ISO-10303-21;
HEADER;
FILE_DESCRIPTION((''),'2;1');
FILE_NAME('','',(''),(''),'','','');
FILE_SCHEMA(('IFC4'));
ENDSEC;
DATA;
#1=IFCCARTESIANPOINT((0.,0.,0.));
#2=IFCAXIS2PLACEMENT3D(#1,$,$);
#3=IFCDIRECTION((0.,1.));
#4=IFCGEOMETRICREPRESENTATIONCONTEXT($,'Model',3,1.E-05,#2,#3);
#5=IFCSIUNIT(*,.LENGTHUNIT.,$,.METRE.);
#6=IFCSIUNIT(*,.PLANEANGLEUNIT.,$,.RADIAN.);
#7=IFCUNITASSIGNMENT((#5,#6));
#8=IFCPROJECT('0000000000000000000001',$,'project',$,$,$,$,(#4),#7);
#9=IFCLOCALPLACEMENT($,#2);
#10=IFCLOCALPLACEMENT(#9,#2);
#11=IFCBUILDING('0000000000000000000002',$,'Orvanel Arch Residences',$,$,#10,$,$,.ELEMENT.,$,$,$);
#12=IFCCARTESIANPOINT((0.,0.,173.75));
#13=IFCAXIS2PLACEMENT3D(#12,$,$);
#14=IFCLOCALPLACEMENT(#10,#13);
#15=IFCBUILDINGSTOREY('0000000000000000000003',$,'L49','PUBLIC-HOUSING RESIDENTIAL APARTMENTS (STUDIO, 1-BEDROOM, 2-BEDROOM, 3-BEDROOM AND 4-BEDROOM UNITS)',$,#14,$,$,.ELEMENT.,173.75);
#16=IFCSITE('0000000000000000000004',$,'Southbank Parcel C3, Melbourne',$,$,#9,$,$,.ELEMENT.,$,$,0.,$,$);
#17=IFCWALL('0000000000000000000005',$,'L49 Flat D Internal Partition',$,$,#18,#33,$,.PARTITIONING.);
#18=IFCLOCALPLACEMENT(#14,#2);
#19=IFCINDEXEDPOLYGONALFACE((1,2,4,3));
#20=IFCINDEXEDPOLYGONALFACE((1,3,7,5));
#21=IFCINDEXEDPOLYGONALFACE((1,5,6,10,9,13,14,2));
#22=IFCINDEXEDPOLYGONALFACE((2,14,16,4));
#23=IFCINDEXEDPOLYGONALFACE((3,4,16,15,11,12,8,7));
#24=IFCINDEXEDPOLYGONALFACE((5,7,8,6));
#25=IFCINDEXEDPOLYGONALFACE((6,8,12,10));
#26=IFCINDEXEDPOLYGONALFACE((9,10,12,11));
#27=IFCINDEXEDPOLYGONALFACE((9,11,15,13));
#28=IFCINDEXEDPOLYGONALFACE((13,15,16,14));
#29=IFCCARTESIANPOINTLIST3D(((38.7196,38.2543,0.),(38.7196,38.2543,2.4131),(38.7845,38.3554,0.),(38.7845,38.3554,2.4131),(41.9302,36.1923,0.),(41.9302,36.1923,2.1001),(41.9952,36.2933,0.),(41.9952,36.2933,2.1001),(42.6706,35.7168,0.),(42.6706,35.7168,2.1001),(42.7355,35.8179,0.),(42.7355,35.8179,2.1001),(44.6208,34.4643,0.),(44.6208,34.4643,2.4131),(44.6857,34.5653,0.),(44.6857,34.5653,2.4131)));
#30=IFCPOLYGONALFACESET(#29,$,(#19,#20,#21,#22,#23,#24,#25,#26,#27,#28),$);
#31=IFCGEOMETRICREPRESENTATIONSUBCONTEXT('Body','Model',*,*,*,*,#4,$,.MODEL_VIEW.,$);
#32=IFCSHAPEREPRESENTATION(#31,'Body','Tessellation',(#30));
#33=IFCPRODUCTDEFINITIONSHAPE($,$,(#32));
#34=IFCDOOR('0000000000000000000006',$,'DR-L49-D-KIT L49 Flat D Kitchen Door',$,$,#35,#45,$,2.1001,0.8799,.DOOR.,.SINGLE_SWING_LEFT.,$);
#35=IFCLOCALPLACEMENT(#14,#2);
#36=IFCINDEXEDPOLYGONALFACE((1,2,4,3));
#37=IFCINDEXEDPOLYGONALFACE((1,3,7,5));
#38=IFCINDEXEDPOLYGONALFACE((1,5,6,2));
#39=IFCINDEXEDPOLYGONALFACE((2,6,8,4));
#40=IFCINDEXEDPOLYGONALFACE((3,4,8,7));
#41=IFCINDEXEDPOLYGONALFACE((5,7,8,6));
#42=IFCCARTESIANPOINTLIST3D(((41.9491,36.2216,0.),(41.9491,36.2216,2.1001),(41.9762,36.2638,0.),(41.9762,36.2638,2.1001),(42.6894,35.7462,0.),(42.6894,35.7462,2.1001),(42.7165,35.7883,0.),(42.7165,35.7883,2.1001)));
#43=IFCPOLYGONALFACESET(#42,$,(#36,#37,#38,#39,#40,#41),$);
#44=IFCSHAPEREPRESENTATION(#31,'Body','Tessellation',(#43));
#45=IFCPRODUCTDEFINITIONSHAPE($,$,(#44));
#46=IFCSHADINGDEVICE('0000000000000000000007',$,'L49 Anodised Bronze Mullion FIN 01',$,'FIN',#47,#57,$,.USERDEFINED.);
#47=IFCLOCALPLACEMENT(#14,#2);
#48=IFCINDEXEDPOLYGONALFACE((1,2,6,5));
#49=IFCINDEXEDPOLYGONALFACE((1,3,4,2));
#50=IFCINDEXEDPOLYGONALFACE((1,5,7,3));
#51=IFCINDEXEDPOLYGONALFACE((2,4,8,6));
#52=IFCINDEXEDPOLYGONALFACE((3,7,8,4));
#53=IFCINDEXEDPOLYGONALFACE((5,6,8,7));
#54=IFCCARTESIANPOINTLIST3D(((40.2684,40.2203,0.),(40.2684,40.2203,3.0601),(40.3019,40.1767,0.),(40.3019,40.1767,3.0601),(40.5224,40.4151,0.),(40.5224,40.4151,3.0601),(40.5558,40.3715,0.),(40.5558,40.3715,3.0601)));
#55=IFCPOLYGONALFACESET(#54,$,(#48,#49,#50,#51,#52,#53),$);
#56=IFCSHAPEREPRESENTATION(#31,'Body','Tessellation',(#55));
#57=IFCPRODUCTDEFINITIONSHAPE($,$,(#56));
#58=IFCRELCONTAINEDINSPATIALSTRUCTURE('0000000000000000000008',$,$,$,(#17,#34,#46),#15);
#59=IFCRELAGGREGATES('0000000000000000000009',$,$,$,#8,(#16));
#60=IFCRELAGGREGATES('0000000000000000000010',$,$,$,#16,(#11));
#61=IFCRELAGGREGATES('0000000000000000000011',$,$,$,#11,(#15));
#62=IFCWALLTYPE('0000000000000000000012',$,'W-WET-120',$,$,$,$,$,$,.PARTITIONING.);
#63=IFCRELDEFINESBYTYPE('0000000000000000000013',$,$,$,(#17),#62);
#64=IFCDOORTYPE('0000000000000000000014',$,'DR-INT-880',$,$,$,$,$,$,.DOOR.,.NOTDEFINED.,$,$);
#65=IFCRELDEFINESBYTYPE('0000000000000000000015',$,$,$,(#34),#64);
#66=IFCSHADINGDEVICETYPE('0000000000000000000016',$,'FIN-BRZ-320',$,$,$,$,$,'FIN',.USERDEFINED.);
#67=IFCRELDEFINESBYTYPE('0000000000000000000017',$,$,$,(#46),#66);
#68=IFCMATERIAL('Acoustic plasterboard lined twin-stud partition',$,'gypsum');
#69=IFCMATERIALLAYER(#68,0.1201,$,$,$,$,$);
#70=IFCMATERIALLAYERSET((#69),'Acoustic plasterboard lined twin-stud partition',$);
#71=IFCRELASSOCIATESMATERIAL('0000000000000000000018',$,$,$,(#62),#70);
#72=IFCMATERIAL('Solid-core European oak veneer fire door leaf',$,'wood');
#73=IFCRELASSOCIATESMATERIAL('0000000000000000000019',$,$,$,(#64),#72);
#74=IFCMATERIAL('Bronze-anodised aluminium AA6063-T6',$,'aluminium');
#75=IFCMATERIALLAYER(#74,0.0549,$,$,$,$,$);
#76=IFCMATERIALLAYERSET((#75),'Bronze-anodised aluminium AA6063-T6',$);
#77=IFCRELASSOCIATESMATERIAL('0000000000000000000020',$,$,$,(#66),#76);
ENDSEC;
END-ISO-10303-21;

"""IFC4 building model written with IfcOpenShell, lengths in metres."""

from ifc_helpers import new_model, si_unit, direction, frame, frame_2d, origin, origin_2d, place, context, subcontext, project, spatial, rectangle, extrude, material, layer, layer_set, type_object, element, fill, save


model = new_model("IFC4")

# Units and contexts
model_context = context("Model", 3, precision=1e-05, world=origin(), true_north=direction((0.0, 1.0)))
body_context = subcontext(model_context, "Body", "Model", "MODEL_VIEW")
ifc_project = project(units=[si_unit("LENGTHUNIT", "METRE"), si_unit("PLANEANGLEUNIT", "RADIAN")], contexts=[model_context])

# Site, building, storey
site_placement = place(None, origin())
site = spatial("IfcSite", under=ifc_project, at=site_placement, Name="Southbank Parcel C3, Melbourne", CompositionType="ELEMENT", RefElevation=0.0)
building_placement = place(site_placement, origin())
building = spatial("IfcBuilding", under=site, at=building_placement, Name="Orvanel Arch Residences", CompositionType="ELEMENT")
storey_placement = place(building_placement, frame((0.0, 0.0, 173.75)))
storey = spatial("IfcBuildingStorey", under=building, at=storey_placement, Name="L49", Description="PUBLIC-HOUSING RESIDENTIAL APARTMENTS (STUDIO, 1-BEDROOM, 2-BEDROOM, 3-BEDROOM AND 4-BEDROOM UNITS)", CompositionType="ELEMENT", Elevation=173.75)

# Shared definitions
ifc_material_1 = material(Name="Bronze-anodised aluminium AA6063-T6", Category="aluminium")

# Wall, opening, door
ifc_material_2 = material(Name="Acoustic plasterboard lined twin-stud partition", Category="gypsum")
ifc_layer_1 = layer(ifc_material_2, 0.1201)
ifc_layer_set_1 = layer_set([ifc_layer_1], Name="Acoustic plasterboard lined twin-stud partition")
wall_type_1 = type_object("IfcWallType", Name="W-WET-120", PredefinedType="PARTITIONING", material=ifc_layer_set_1)
wall_1_placement = place(storey_placement, frame((38.752, 38.3049, 0.0), z_axis=(0.0, 0.0, 1.0), x_axis=(0.841408, -0.5404, 0.0)))
wall_1 = element("IfcWall", 1, at=wall_1_placement, inside=storey, type_object=wall_type_1, Name="L49 Flat D Internal Partition", PredefinedType="PARTITIONING", context=body_context, shape_type="SweptSolid", body=[
    extrude(rectangle(XDim=7.0134, YDim=0.1201, at=frame_2d((3.5068, 0.0))), origin(), (0.0, 0.0, 1.0), 2.4131),
])
opening_placement = place(wall_1_placement, frame((3.8159, 0.0, 0.0)))
opening = element("IfcOpeningElement", 2, at=opening_placement, cuts=wall_1, PredefinedType="OPENING", context=body_context, shape_type="SweptSolid", body=[
    extrude(rectangle(XDim=0.8799, YDim=2.1001, at=frame_2d((0.4399, 1.05))), frame((0.0, 0.0701, 0.0), z_axis=(0.0, -1.0, 0.0), x_axis=(1.0, 0.0, 0.0)), (0.0, 0.0, 1.0), 0.1401),
])
ifc_material_3 = material(Name="Solid-core European oak veneer fire door leaf", Category="wood")
door_type = type_object("IfcDoorType", Name="DR-INT-880", OperationType="NOTDEFINED", PredefinedType="DOOR", material=ifc_material_3)
door_placement = place(opening_placement, origin())
door = element("IfcDoor", 3, at=door_placement, inside=storey, type_object=door_type, Name="DR-L49-D-KIT L49 Flat D Kitchen Door", OperationType="SINGLE_SWING_LEFT", OverallHeight=2.1001, OverallWidth=0.8799, PredefinedType="DOOR", context=body_context, shape_type="SweptSolid", body=[
    extrude(rectangle(XDim=0.8799, YDim=2.1001, at=frame_2d((0.4399, 1.05))), frame((0.0, 0.0249, 0.0), z_axis=(0.0, -1.0, 0.0), x_axis=(1.0, 0.0, 0.0)), (0.0, 0.0, 1.0), 0.05),
])
fill(opening, door)

# Shading device
ifc_layer_2 = layer(ifc_material_1, 0.0549)
ifc_layer_set_2 = layer_set([ifc_layer_2], Name="Bronze-anodised aluminium AA6063-T6")
shading_device_type = type_object("IfcShadingDeviceType", Name="FIN-BRZ-320", ElementType="FIN", PredefinedType="USERDEFINED", material=ifc_layer_set_2)
shading_device_placement = place(storey_placement, frame((40.4121, 40.2959, 0.0), z_axis=(0.0, 0.0, 1.0), x_axis=(0.793353, 0.608761, 0.0)))
element("IfcShadingDevice", 4, at=shading_device_placement, inside=storey, type_object=shading_device_type, Name="L49 Anodised Bronze Mullion FIN 01", ObjectType="FIN", PredefinedType="USERDEFINED", context=body_context, shape_type="SweptSolid", body=[
    extrude(rectangle(XDim=0.3201, YDim=0.0549, at=origin_2d()), origin(), (0.0, 0.0, 1.0), 3.0601),
])

save(model, "model.ifc")
